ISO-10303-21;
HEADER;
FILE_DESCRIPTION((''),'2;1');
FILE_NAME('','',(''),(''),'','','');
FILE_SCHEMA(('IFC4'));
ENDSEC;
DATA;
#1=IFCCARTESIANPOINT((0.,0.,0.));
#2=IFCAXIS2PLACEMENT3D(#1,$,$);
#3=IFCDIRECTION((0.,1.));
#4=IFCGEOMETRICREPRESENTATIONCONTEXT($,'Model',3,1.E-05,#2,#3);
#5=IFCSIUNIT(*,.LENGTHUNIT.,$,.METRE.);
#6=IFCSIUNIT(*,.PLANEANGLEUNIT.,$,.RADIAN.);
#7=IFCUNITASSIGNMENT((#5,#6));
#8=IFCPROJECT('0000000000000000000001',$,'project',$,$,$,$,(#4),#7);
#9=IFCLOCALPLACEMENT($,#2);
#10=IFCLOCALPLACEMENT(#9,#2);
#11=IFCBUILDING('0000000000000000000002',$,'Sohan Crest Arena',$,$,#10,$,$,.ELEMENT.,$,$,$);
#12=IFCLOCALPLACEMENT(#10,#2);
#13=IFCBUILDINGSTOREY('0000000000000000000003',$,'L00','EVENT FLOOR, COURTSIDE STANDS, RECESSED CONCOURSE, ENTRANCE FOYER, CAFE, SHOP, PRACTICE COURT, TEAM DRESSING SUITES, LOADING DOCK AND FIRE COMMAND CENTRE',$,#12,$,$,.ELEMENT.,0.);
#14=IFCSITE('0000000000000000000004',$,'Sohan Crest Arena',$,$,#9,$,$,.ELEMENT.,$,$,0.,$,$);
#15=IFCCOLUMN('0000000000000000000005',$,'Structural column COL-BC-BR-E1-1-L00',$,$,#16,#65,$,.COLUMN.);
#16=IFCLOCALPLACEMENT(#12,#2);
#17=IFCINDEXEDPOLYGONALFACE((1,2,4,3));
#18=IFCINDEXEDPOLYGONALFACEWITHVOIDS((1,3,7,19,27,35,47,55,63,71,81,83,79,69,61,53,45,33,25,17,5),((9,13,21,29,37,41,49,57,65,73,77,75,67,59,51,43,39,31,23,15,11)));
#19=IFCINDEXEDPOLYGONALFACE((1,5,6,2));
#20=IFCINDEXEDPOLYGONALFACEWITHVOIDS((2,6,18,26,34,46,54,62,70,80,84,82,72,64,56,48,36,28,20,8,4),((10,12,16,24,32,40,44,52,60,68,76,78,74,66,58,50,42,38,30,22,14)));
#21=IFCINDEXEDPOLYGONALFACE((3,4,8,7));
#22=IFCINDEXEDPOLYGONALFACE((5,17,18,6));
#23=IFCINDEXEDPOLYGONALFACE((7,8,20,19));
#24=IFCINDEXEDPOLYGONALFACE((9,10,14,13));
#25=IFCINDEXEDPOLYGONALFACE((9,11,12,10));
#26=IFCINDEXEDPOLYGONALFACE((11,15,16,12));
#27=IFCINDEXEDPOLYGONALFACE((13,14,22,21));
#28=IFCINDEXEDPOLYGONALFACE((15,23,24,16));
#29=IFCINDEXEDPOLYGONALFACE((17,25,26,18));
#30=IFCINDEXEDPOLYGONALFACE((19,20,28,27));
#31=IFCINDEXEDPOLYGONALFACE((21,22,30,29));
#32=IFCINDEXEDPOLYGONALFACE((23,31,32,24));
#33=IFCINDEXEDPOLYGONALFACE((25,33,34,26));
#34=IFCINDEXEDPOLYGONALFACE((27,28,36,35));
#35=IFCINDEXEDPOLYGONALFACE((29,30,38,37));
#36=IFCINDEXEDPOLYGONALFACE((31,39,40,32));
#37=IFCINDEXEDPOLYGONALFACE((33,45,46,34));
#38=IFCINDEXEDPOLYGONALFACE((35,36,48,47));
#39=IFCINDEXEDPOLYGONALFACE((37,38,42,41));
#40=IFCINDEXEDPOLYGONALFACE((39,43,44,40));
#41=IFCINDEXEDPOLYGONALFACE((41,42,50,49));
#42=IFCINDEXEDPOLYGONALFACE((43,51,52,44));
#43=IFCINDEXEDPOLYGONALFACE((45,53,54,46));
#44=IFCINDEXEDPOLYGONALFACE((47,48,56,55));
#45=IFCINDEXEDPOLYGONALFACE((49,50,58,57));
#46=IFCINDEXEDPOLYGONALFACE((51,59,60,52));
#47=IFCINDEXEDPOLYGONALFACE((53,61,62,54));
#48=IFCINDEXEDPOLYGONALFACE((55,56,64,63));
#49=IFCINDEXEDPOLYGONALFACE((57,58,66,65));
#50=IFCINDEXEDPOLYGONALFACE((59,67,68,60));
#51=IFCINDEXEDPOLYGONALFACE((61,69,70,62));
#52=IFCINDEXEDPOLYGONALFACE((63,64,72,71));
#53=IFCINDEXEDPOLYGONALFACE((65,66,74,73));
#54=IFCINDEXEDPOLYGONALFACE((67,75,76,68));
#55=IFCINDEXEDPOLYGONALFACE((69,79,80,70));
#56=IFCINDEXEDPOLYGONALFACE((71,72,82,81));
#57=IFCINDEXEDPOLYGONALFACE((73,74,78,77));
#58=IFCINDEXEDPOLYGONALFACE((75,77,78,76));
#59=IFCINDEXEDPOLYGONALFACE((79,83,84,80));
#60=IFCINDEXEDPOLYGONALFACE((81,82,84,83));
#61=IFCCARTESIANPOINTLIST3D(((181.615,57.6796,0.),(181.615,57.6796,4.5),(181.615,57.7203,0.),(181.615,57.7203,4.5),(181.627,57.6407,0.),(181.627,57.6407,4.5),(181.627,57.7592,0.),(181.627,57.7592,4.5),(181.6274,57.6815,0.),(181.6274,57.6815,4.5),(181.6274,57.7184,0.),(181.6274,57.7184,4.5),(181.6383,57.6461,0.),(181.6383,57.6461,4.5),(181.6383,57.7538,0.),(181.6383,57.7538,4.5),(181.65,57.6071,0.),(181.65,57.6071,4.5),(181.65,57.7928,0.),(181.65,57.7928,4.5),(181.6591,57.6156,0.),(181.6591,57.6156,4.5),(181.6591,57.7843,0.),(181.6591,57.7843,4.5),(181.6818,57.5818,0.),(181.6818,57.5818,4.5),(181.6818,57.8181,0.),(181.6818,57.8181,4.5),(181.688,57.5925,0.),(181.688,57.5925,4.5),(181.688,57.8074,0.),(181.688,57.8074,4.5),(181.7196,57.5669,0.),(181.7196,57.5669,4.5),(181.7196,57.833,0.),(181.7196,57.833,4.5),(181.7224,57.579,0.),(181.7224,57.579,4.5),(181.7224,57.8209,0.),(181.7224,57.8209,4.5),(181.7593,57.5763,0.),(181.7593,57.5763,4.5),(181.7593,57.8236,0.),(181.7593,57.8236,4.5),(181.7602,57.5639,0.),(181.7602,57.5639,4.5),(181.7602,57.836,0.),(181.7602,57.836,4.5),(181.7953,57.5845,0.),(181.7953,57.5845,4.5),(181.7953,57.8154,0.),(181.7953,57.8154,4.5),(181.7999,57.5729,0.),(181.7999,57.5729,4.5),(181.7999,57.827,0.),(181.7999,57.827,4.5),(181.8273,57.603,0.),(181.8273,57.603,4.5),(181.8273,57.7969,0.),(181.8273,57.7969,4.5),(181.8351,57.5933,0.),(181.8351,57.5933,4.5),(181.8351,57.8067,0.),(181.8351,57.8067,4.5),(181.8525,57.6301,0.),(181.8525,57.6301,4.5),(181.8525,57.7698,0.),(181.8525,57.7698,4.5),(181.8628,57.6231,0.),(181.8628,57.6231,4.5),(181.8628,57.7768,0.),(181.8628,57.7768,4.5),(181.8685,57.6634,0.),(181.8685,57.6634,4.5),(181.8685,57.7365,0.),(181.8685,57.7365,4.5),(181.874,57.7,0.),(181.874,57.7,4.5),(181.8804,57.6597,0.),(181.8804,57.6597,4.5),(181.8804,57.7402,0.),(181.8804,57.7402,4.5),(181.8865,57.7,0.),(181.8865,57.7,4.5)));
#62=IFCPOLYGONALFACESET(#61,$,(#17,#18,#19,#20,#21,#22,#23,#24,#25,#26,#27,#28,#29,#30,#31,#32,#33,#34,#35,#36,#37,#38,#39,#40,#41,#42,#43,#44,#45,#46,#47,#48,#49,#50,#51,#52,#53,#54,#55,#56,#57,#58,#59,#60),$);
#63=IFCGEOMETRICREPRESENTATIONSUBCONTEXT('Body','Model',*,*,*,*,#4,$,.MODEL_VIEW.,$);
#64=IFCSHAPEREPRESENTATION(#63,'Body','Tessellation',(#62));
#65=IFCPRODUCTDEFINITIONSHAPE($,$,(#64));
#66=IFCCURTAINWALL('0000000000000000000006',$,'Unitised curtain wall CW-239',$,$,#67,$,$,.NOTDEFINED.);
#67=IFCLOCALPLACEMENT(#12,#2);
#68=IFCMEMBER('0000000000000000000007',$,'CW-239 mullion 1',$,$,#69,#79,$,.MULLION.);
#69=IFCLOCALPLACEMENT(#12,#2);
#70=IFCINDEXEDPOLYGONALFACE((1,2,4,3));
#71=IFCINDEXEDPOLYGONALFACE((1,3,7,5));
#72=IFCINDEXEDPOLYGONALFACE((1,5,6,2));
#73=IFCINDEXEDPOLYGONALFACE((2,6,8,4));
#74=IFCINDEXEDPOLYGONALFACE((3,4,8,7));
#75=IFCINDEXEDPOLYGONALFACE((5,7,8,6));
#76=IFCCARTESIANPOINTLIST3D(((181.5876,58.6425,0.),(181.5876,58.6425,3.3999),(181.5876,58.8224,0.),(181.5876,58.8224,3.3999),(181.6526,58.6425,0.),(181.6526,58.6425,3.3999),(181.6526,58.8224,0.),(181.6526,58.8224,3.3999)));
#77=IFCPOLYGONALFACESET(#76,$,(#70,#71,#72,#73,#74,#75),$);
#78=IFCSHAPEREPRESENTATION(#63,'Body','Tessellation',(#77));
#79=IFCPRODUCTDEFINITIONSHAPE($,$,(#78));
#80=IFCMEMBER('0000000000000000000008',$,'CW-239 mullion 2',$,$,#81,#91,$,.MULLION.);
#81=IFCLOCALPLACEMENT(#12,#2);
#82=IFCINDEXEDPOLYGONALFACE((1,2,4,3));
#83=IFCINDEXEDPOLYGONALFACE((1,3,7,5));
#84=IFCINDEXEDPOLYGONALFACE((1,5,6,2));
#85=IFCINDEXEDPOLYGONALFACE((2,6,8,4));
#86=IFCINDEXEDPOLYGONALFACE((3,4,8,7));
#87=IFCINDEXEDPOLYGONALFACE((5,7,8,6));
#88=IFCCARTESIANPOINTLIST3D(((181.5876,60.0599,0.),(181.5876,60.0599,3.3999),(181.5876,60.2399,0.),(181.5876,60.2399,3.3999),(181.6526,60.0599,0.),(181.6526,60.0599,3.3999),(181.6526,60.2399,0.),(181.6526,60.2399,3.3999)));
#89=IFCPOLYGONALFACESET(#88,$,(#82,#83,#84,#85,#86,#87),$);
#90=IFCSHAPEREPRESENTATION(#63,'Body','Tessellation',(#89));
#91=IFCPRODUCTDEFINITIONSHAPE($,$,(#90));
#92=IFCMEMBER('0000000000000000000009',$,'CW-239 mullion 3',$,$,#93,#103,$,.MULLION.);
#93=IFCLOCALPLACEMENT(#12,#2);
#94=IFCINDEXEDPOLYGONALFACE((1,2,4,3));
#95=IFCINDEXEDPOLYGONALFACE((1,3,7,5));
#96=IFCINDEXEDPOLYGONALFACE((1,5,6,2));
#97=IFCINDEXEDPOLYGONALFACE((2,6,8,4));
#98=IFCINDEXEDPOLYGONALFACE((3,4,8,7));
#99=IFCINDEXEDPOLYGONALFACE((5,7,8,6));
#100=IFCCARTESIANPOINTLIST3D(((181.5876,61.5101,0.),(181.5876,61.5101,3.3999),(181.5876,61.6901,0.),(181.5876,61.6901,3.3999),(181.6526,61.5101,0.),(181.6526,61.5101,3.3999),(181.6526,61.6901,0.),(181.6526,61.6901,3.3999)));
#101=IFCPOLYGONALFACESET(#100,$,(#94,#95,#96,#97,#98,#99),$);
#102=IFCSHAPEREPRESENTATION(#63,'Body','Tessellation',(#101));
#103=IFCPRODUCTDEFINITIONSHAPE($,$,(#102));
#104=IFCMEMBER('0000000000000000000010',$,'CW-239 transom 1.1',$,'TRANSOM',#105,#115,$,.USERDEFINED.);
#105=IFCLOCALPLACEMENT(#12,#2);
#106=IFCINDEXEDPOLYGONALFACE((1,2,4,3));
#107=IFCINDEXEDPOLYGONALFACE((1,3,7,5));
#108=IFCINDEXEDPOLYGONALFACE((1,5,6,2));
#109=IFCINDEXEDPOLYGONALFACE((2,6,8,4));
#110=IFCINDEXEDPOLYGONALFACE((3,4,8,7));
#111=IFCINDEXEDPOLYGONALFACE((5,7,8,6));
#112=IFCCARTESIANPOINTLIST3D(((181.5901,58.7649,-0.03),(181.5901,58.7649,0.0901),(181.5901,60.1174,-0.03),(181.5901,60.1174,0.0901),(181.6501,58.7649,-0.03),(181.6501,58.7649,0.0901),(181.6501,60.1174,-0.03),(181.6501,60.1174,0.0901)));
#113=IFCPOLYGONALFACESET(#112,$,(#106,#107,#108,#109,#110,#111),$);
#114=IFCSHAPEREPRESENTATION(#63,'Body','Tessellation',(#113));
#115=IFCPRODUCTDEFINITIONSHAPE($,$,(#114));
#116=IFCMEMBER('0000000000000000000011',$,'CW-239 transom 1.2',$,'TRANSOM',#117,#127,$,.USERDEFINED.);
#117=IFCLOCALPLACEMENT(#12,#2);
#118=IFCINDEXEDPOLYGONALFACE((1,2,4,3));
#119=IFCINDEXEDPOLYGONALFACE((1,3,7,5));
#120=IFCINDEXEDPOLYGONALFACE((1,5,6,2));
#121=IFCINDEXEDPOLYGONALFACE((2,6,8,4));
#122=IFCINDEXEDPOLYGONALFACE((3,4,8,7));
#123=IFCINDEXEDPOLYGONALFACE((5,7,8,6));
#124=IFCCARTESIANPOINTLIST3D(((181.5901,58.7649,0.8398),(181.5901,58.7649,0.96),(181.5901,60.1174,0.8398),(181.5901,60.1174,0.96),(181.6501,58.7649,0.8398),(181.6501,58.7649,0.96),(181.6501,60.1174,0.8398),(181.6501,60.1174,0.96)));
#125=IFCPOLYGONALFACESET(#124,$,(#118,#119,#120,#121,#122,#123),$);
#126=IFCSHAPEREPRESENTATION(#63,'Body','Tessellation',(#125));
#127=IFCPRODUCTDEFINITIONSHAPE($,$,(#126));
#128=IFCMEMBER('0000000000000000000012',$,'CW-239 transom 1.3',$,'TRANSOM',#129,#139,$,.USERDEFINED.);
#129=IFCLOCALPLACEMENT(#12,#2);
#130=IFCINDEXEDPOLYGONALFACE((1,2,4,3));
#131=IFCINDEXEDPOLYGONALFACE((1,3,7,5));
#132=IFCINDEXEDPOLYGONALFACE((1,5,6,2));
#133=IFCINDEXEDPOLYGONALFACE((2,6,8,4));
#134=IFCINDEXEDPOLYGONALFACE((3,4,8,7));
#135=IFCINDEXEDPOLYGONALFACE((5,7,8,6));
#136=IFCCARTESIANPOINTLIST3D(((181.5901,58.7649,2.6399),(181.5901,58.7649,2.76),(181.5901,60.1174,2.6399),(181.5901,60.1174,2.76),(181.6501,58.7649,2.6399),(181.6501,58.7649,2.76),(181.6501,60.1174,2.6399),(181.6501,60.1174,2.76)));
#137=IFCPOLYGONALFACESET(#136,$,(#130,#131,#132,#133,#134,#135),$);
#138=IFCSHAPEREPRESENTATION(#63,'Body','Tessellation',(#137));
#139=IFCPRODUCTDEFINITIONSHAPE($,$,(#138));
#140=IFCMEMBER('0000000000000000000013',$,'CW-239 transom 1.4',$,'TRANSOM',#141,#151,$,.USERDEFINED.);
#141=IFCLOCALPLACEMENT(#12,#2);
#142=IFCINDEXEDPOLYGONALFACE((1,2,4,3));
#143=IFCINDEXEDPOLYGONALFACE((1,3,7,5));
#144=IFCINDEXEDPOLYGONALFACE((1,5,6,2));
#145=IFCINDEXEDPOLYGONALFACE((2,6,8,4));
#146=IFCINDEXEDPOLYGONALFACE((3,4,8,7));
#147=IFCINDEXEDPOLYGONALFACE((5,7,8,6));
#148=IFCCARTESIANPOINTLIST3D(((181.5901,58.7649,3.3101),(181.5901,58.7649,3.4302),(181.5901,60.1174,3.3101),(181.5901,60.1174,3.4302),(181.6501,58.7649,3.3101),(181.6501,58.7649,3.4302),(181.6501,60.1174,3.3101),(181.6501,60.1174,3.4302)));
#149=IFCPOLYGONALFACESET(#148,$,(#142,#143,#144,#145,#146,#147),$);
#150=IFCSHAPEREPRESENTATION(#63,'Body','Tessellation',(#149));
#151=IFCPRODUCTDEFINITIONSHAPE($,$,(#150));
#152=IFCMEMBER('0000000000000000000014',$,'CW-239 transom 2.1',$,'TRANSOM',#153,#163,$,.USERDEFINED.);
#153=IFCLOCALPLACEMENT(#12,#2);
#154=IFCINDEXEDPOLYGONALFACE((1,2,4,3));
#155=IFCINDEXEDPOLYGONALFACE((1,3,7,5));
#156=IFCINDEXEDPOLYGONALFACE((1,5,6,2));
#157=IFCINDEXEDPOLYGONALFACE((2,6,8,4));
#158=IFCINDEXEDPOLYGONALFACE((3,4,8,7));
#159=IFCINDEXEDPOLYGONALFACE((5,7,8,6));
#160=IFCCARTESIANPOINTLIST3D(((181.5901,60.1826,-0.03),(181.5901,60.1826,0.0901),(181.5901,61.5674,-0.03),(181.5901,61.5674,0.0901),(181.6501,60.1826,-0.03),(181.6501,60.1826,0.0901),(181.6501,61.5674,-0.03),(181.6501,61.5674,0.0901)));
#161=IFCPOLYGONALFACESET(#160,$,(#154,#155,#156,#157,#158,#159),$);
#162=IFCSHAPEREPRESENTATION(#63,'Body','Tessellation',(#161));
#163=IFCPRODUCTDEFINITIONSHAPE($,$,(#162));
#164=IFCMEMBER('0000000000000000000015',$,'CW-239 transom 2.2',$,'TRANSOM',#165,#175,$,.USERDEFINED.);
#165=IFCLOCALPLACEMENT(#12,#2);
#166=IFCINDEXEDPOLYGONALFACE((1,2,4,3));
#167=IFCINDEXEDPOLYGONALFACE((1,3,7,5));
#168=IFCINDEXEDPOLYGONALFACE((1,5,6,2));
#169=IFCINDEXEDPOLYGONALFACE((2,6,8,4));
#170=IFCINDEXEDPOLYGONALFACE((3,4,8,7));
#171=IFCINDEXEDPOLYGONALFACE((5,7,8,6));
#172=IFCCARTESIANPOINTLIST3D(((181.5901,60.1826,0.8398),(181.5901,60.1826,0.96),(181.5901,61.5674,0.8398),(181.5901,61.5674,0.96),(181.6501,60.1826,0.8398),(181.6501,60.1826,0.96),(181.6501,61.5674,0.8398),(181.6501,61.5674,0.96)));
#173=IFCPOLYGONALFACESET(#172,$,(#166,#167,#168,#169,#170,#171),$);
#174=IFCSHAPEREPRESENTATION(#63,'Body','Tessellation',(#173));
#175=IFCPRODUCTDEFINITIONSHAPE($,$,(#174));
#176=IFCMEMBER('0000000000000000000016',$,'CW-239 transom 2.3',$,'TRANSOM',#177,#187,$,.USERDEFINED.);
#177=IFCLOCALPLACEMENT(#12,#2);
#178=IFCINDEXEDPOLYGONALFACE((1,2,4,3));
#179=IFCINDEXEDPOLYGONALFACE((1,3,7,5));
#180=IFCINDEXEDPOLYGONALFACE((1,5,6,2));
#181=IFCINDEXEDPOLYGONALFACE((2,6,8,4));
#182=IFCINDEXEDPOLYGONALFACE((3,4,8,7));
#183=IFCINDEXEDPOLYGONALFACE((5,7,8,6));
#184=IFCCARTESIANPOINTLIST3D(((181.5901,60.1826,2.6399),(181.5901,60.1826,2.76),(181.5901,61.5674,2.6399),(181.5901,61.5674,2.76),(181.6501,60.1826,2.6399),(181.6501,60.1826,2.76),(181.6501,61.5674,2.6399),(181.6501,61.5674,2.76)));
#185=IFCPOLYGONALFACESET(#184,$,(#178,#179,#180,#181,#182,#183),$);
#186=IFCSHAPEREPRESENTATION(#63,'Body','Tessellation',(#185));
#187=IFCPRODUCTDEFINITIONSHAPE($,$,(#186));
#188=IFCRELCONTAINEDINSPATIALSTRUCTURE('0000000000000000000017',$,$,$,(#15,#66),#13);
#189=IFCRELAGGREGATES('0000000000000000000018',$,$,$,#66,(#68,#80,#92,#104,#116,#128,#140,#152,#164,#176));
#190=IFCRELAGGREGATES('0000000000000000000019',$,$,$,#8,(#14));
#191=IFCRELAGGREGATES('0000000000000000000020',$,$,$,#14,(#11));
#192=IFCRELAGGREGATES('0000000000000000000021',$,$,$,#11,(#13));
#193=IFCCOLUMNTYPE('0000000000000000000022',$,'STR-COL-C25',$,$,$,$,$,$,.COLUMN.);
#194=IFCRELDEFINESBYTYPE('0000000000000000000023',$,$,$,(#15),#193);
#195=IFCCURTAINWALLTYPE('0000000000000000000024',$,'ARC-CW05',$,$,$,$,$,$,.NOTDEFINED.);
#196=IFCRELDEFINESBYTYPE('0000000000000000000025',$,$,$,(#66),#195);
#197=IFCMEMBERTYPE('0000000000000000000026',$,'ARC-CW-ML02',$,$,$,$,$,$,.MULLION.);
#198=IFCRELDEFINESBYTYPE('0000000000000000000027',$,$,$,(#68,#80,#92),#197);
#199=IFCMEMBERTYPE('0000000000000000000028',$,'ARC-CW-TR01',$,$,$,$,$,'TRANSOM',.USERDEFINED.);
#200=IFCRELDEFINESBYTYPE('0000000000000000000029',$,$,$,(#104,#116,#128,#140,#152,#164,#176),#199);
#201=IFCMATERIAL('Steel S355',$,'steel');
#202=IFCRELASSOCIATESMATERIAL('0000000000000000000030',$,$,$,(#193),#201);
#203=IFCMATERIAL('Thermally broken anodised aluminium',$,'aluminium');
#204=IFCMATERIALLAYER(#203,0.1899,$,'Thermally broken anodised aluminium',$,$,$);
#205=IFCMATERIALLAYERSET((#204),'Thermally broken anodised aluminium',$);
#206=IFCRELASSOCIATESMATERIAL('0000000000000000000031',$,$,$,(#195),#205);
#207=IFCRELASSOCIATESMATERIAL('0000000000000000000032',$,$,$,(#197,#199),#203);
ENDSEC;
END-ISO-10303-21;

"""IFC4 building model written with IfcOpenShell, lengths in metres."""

from ifc_helpers import new_model, si_unit, direction, frame, origin, origin_2d, place, context, subcontext, project, spatial, rectangle, hollow_circle, extrude, material, layer, layer_set, material_profile, profile_set, type_object, element, aggregate, save


model = new_model("IFC4")

# Units and contexts
model_context = context("Model", 3, precision=1e-05, world=origin(), true_north=direction((0.0, 1.0)))
body_context = subcontext(model_context, "Body", "Model", "MODEL_VIEW")
ifc_project = project(units=[si_unit("LENGTHUNIT", "METRE"), si_unit("PLANEANGLEUNIT", "RADIAN")], contexts=[model_context])

# Site, building, storey
site_placement = place(None, origin())
site = spatial("IfcSite", under=ifc_project, at=site_placement, Name="Sohan Crest Arena", CompositionType="ELEMENT", RefElevation=0.0)
building_placement = place(site_placement, origin())
building = spatial("IfcBuilding", under=site, at=building_placement, Name="Sohan Crest Arena", CompositionType="ELEMENT")
storey_placement = place(building_placement, origin())
storey = spatial("IfcBuildingStorey", under=building, at=storey_placement, Name="L00", Description="EVENT FLOOR, COURTSIDE STANDS, RECESSED CONCOURSE, ENTRANCE FOYER, CAFE, SHOP, PRACTICE COURT, TEAM DRESSING SUITES, LOADING DOCK AND FIRE COMMAND CENTRE", CompositionType="ELEMENT", Elevation=0.0)

# Column
ifc_material_1 = material(Name="Steel S355", Category="steel")
ifc_material_profile_1 = material_profile(ifc_material_1, hollow_circle(Radius=0.1365, WallThickness=0.0125, at=origin_2d()), Name="CHS 273x12.5")
ifc_profile_set_1 = profile_set([ifc_material_profile_1], Name="Steel S355")
column_type = type_object("IfcColumnType", Name="STR-COL-C25", PredefinedType="COLUMN", material=ifc_profile_set_1)
column_placement = place(storey_placement, frame((181.75, 57.7, 0.0), z_axis=(0.0, 0.0, 1.0), x_axis=(1.0, 0.0, 0.0)))
element("IfcColumn", 1, at=column_placement, inside=storey, type_object=column_type, Name="Structural column COL-BC-BR-E1-1-L00", PredefinedType="COLUMN", context=body_context, shape_type="SweptSolid", body=[
    extrude(hollow_circle(Radius=0.1365, WallThickness=0.0125, at=origin_2d()), origin(), (0.0, 0.0, 1.0), 4.5),
])

# Curtain wall, members
ifc_material_2 = material(Name="Thermally broken anodised aluminium", Category="aluminium")
ifc_layer_1 = layer(ifc_material_2, 0.1899, Name="Thermally broken anodised aluminium")
ifc_layer_set_1 = layer_set([ifc_layer_1], Name="Thermally broken anodised aluminium")
curtain_wall_type = type_object("IfcCurtainWallType", Name="ARC-CW05", PredefinedType="NOTDEFINED", material=ifc_layer_set_1)
curtain_wall_placement = place(storey_placement, origin())
curtain_wall = element("IfcCurtainWall", 2, at=curtain_wall_placement, inside=storey, type_object=curtain_wall_type, Name="Unitised curtain wall CW-239", PredefinedType="NOTDEFINED")
ifc_material_profile_2 = material_profile(ifc_material_2, rectangle(XDim=0.0649, YDim=0.1799, at=origin_2d()), Name="ALU-MULL 65x180")
ifc_profile_set_2 = profile_set([ifc_material_profile_2], Name="Thermally broken anodised aluminium")
member_type_1 = type_object("IfcMemberType", Name="ARC-CW-ML02", PredefinedType="MULLION", material=ifc_profile_set_2)
member_1_placement = place(storey_placement, frame((181.6201, 58.7324, 0.0), z_axis=(0.0, 0.0, 1.0), x_axis=(-1.0, 0.0, 0.0)))
member_1 = element("IfcMember", 3, at=member_1_placement, type_object=member_type_1, Name="CW-239 mullion 1", PredefinedType="MULLION", context=body_context, shape_type="SweptSolid", body=[
    extrude(rectangle(XDim=0.0649, YDim=0.1799, at=origin_2d()), origin(), (0.0, 0.0, 1.0), 3.3999),
])
member_2_placement = place(storey_placement, frame((181.6201, 60.1499, 0.0), z_axis=(0.0, 0.0, 1.0), x_axis=(-1.0, 0.0, 0.0)))
member_2 = element("IfcMember", 4, at=member_2_placement, type_object=member_type_1, Name="CW-239 mullion 2", PredefinedType="MULLION", context=body_context, shape_type="SweptSolid", body=[
    extrude(rectangle(XDim=0.0649, YDim=0.1799, at=origin_2d()), origin(), (0.0, 0.0, 1.0), 3.3999),
])
member_3_placement = place(storey_placement, frame((181.6201, 61.6001, 0.0), z_axis=(0.0, 0.0, 1.0), x_axis=(-1.0, 0.0, 0.0)))
member_3 = element("IfcMember", 5, at=member_3_placement, type_object=member_type_1, Name="CW-239 mullion 3", PredefinedType="MULLION", context=body_context, shape_type="SweptSolid", body=[
    extrude(rectangle(XDim=0.0649, YDim=0.1799, at=origin_2d()), origin(), (0.0, 0.0, 1.0), 3.3999),
])
ifc_material_profile_3 = material_profile(ifc_material_2, rectangle(XDim=0.0601, YDim=0.1201, at=origin_2d()), Name="ALU-TRAN 60x120")
ifc_profile_set_3 = profile_set([ifc_material_profile_3], Name="Thermally broken anodised aluminium")
member_type_2 = type_object("IfcMemberType", Name="ARC-CW-TR01", ElementType="TRANSOM", PredefinedType="USERDEFINED", material=ifc_profile_set_3)
member_4_placement = place(storey_placement, frame((181.6201, 58.7649, 0.03), z_axis=(0.0, 1.0, 0.0), x_axis=(-1.0, 0.0, 0.0)))
member_4 = element("IfcMember", 6, at=member_4_placement, type_object=member_type_2, Name="CW-239 transom 1.1", ObjectType="TRANSOM", PredefinedType="USERDEFINED", context=body_context, shape_type="SweptSolid", body=[
    extrude(rectangle(XDim=0.0601, YDim=0.1201, at=origin_2d()), origin(), (0.0, 0.0, 1.0), 1.3525),
])
member_5_placement = place(storey_placement, frame((181.6201, 58.7649, 0.8999), z_axis=(0.0, 1.0, 0.0), x_axis=(-1.0, 0.0, 0.0)))
member_5 = element("IfcMember", 7, at=member_5_placement, type_object=member_type_2, Name="CW-239 transom 1.2", ObjectType="TRANSOM", PredefinedType="USERDEFINED", context=body_context, shape_type="SweptSolid", body=[
    extrude(rectangle(XDim=0.0601, YDim=0.1201, at=origin_2d()), origin(), (0.0, 0.0, 1.0), 1.3525),
])
member_6_placement = place(storey_placement, frame((181.6201, 58.7649, 2.7), z_axis=(0.0, 1.0, 0.0), x_axis=(-1.0, 0.0, 0.0)))
member_6 = element("IfcMember", 8, at=member_6_placement, type_object=member_type_2, Name="CW-239 transom 1.3", ObjectType="TRANSOM", PredefinedType="USERDEFINED", context=body_context, shape_type="SweptSolid", body=[
    extrude(rectangle(XDim=0.0601, YDim=0.1201, at=origin_2d()), origin(), (0.0, 0.0, 1.0), 1.3525),
])
member_7_placement = place(storey_placement, frame((181.6201, 58.7649, 3.3701), z_axis=(0.0, 1.0, 0.0), x_axis=(-1.0, 0.0, 0.0)))
member_7 = element("IfcMember", 9, at=member_7_placement, type_object=member_type_2, Name="CW-239 transom 1.4", ObjectType="TRANSOM", PredefinedType="USERDEFINED", context=body_context, shape_type="SweptSolid", body=[
    extrude(rectangle(XDim=0.0601, YDim=0.1201, at=origin_2d()), origin(), (0.0, 0.0, 1.0), 1.3525),
])
member_8_placement = place(storey_placement, frame((181.6201, 60.1826, 0.03), z_axis=(0.0, 1.0, 0.0), x_axis=(-1.0, 0.0, 0.0)))
member_8 = element("IfcMember", 10, at=member_8_placement, type_object=member_type_2, Name="CW-239 transom 2.1", ObjectType="TRANSOM", PredefinedType="USERDEFINED", context=body_context, shape_type="SweptSolid", body=[
    extrude(rectangle(XDim=0.0601, YDim=0.1201, at=origin_2d()), origin(), (0.0, 0.0, 1.0), 1.3848),
])
member_9_placement = place(storey_placement, frame((181.6201, 60.1826, 0.8999), z_axis=(0.0, 1.0, 0.0), x_axis=(-1.0, 0.0, 0.0)))
member_9 = element("IfcMember", 11, at=member_9_placement, type_object=member_type_2, Name="CW-239 transom 2.2", ObjectType="TRANSOM", PredefinedType="USERDEFINED", context=body_context, shape_type="SweptSolid", body=[
    extrude(rectangle(XDim=0.0601, YDim=0.1201, at=origin_2d()), origin(), (0.0, 0.0, 1.0), 1.3848),
])
member_10_placement = place(storey_placement, frame((181.6201, 60.1826, 2.7), z_axis=(0.0, 1.0, 0.0), x_axis=(-1.0, 0.0, 0.0)))
member_10 = element("IfcMember", 12, at=member_10_placement, type_object=member_type_2, Name="CW-239 transom 2.3", ObjectType="TRANSOM", PredefinedType="USERDEFINED", context=body_context, shape_type="SweptSolid", body=[
    extrude(rectangle(XDim=0.0601, YDim=0.1201, at=origin_2d()), origin(), (0.0, 0.0, 1.0), 1.3848),
])

aggregate(curtain_wall, [member_1, member_2, member_3, member_4, member_5, member_6, member_7, member_8, member_9, member_10])

save(model, "model.ifc")
